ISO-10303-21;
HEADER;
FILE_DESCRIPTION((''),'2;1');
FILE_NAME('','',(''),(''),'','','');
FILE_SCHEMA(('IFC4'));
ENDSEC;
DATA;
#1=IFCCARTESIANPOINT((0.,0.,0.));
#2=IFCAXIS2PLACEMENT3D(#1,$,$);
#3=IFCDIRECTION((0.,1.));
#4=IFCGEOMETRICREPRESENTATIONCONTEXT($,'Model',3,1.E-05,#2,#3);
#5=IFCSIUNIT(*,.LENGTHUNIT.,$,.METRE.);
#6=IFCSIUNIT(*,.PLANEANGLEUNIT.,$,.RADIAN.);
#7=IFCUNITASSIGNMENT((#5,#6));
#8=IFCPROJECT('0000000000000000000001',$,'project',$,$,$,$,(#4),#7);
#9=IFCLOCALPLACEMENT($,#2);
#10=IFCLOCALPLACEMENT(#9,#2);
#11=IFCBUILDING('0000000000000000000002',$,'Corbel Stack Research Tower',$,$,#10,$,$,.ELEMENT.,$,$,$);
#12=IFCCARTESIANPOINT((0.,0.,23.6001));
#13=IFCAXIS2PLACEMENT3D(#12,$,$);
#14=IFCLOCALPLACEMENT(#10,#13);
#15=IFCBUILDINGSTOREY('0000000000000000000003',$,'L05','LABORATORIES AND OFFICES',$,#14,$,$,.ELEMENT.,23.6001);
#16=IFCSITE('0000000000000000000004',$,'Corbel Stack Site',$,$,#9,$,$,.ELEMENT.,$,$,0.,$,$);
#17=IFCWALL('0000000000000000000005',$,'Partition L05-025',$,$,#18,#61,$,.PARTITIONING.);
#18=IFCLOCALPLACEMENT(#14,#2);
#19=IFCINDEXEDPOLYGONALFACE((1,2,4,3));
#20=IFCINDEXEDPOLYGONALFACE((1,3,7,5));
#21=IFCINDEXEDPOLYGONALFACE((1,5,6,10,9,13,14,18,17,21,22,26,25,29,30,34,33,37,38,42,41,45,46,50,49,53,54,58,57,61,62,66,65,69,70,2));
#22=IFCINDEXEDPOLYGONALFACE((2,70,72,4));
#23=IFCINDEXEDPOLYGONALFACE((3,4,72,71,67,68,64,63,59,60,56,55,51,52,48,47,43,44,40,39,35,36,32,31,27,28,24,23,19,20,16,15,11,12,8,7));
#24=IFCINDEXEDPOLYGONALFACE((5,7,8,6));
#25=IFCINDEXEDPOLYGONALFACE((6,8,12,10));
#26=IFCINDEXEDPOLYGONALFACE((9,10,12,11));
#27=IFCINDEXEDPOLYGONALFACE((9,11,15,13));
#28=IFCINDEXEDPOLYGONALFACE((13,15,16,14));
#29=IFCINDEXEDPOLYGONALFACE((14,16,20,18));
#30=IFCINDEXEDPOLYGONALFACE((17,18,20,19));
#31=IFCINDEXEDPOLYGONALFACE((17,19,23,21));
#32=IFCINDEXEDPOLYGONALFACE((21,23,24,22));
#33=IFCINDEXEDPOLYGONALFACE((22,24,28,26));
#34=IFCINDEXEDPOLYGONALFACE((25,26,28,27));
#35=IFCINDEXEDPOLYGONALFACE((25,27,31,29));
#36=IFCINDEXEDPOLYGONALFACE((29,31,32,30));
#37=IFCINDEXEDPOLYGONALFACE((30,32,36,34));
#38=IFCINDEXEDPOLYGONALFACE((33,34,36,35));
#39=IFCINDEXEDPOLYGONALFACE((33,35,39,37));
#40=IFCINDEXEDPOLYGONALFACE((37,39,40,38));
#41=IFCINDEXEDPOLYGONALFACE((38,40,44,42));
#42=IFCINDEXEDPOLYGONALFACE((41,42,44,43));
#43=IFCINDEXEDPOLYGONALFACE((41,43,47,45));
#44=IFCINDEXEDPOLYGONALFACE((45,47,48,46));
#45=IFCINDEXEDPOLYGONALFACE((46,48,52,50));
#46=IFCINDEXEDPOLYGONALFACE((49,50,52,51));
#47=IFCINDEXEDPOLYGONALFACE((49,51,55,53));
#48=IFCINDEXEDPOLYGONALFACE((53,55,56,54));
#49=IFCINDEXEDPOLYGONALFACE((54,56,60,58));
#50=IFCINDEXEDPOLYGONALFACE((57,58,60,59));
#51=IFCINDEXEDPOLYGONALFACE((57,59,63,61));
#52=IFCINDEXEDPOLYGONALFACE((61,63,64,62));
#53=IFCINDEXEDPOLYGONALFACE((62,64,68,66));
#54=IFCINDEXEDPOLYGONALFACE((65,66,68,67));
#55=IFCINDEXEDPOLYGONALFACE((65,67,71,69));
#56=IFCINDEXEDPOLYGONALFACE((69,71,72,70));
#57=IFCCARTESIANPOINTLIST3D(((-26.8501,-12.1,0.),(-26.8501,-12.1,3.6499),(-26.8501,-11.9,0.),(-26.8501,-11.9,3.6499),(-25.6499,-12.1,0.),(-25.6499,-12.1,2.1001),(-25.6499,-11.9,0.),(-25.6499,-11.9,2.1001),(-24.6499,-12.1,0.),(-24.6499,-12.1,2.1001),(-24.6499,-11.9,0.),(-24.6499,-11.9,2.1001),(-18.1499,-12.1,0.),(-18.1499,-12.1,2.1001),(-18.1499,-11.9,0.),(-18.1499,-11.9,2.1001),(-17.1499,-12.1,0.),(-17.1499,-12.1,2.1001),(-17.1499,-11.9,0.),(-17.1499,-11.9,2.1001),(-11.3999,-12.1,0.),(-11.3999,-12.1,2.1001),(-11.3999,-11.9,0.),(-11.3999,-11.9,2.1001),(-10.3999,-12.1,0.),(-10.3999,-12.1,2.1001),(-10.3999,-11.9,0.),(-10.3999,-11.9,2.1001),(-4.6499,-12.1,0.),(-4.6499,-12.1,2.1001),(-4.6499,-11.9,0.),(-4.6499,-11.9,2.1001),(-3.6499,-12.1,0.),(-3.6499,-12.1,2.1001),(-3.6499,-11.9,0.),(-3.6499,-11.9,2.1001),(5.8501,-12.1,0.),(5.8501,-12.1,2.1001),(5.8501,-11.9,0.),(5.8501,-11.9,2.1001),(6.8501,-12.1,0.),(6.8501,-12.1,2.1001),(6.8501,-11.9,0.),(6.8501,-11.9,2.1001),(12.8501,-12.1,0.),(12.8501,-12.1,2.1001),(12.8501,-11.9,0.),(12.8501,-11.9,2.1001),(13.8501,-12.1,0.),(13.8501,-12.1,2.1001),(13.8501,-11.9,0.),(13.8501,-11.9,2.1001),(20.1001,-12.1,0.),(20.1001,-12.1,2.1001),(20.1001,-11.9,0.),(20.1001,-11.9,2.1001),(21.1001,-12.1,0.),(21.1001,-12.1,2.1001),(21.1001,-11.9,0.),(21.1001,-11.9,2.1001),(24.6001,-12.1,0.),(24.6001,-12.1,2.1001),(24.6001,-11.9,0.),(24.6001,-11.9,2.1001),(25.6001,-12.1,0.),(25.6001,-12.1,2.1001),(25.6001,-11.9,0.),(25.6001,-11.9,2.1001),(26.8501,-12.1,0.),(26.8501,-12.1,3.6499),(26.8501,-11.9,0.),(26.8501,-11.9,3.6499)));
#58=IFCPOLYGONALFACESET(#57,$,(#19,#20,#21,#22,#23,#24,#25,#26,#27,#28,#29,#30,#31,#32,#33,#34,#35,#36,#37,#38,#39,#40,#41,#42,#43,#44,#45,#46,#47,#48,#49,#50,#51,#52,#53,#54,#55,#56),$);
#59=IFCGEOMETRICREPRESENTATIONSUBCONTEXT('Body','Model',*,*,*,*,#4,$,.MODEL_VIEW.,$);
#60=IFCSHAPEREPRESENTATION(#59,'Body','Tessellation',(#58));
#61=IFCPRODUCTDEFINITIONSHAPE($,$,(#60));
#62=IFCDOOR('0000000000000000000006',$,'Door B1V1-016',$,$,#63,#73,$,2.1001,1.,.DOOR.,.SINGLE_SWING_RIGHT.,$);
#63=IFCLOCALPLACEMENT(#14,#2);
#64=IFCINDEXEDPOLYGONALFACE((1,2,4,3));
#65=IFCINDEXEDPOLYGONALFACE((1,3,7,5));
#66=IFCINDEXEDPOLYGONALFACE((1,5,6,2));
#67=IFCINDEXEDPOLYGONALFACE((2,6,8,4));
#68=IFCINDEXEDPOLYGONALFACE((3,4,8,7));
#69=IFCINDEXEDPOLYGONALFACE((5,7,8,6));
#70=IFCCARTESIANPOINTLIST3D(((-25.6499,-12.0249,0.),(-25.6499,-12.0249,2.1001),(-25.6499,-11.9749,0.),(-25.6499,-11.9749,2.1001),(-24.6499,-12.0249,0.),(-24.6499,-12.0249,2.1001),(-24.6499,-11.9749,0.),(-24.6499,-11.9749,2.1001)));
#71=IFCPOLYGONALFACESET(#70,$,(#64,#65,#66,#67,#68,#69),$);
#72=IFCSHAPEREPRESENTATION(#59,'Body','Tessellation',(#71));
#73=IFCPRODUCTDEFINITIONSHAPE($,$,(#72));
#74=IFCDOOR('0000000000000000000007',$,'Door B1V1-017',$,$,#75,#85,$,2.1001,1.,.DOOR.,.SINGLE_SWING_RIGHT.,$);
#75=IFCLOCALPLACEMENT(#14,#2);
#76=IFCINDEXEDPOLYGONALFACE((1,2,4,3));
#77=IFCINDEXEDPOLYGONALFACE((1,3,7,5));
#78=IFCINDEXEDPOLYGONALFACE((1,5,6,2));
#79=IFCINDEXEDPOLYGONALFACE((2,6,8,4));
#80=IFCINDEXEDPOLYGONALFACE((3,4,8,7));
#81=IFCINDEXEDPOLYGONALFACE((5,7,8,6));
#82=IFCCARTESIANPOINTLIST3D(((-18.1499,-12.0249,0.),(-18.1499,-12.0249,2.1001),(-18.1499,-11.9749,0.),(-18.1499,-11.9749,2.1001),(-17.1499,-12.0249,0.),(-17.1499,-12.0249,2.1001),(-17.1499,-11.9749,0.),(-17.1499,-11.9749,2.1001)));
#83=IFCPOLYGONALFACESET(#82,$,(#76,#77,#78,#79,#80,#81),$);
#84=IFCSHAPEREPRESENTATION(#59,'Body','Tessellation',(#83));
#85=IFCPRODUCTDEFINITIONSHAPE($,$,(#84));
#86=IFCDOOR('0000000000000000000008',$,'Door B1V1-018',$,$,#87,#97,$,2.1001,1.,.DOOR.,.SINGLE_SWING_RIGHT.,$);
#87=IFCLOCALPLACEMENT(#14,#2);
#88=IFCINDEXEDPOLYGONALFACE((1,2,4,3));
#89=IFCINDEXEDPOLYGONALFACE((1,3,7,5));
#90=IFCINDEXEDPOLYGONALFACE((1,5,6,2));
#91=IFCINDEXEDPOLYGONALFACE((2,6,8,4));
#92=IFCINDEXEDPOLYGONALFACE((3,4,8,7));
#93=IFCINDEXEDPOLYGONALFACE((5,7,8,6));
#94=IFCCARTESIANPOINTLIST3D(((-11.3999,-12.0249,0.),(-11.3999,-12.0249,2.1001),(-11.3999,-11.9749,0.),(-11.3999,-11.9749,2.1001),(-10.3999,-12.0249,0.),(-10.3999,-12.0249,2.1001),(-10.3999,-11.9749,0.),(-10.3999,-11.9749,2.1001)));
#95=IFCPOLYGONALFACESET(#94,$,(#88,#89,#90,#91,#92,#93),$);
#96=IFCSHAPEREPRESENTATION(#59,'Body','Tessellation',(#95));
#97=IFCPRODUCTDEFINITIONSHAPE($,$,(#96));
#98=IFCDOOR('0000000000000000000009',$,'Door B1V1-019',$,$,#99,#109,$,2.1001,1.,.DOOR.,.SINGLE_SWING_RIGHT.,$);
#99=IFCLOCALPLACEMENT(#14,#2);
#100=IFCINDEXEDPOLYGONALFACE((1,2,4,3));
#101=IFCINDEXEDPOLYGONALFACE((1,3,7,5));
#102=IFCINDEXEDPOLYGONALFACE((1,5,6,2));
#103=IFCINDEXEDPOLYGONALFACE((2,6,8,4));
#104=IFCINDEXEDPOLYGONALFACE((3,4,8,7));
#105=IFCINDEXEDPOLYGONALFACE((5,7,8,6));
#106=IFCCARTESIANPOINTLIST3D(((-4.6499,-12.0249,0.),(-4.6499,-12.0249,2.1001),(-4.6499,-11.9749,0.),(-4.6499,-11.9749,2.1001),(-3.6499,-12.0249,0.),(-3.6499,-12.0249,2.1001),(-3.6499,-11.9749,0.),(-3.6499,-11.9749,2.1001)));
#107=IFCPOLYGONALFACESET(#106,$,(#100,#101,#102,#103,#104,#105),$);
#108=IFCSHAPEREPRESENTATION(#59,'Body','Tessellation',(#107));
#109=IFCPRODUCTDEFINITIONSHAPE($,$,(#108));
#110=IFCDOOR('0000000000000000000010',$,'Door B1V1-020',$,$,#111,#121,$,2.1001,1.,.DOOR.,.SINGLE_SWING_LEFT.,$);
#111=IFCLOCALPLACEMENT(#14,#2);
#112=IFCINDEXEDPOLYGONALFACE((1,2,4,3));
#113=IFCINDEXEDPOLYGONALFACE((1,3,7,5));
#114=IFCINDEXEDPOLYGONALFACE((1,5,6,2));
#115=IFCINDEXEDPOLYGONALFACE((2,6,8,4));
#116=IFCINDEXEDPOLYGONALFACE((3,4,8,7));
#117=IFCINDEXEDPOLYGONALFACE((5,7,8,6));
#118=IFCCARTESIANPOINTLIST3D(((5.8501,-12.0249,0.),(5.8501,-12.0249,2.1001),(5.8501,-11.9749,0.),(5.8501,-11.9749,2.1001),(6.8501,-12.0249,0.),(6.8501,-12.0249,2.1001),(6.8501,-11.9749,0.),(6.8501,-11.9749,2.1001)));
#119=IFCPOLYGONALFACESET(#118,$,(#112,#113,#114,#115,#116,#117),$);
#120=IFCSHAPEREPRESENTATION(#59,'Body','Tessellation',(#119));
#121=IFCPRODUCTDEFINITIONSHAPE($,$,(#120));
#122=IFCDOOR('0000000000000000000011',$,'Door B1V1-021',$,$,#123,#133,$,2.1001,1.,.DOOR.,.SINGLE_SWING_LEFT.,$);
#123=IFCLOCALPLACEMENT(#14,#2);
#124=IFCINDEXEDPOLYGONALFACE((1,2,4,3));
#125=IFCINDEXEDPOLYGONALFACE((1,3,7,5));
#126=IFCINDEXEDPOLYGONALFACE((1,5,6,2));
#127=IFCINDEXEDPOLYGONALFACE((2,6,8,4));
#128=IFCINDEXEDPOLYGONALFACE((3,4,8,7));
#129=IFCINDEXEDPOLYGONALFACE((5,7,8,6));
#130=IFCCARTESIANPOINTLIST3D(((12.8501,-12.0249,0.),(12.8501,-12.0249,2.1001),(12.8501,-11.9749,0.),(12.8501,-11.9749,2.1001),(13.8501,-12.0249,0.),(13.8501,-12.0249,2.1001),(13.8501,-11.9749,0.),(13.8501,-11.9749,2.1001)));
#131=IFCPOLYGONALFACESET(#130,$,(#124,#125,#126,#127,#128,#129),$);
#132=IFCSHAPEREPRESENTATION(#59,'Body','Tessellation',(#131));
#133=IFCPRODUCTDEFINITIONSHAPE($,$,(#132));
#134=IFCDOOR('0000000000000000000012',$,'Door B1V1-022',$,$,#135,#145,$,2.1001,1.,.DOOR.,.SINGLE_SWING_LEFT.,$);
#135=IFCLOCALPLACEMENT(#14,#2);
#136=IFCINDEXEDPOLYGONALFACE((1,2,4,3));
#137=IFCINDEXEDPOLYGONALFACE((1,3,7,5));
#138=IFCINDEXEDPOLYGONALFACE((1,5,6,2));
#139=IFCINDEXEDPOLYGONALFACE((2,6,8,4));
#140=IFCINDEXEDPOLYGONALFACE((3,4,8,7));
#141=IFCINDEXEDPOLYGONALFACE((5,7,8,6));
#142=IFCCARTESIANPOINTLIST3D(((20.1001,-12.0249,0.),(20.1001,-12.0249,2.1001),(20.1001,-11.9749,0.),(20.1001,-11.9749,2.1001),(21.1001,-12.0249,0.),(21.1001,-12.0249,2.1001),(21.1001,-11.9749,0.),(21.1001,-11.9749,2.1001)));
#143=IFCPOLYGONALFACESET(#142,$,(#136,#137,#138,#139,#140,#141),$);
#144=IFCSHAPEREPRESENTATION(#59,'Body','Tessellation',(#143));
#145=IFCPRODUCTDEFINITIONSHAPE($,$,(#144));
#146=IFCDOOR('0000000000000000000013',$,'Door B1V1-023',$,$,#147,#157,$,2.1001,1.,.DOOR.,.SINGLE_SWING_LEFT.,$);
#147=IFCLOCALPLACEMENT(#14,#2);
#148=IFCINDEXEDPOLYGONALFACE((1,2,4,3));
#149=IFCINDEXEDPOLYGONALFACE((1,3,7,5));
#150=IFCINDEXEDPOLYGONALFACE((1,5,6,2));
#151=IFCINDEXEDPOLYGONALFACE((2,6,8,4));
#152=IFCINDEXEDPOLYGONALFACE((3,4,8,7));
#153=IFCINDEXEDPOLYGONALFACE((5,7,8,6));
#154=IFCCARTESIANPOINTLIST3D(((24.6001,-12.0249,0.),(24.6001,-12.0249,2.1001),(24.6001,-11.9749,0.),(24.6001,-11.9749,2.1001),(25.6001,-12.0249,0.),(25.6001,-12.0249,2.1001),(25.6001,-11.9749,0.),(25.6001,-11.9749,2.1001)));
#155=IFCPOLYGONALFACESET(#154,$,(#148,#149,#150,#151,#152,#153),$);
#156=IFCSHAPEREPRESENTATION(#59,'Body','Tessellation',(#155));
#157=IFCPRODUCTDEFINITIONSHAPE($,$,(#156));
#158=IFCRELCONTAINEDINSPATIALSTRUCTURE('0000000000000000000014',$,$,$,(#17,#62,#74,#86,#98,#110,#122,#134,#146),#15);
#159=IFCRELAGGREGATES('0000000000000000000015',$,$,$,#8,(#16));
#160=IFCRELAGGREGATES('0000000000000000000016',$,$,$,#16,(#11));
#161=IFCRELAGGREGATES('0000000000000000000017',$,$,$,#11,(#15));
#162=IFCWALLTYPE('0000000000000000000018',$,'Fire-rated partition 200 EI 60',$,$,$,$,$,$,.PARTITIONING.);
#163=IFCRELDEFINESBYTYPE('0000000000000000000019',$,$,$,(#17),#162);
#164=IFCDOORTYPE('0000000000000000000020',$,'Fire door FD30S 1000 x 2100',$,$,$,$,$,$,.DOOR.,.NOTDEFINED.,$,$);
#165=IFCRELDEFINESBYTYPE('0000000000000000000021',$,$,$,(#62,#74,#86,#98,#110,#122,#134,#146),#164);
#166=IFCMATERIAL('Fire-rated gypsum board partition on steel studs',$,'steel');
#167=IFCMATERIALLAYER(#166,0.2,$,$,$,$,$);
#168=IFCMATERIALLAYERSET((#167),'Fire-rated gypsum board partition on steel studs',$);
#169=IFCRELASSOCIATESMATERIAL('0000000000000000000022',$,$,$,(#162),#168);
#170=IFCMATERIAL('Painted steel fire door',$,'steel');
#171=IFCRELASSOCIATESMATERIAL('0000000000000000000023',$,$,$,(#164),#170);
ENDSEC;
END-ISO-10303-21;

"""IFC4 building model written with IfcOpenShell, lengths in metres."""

from ifc_helpers import new_model, si_unit, direction, frame, frame_2d, origin, place, context, subcontext, project, spatial, rectangle, extrude, material, layer, layer_set, type_object, element, fill, save


model = new_model("IFC4")

# Units and contexts
model_context = context("Model", 3, precision=1e-05, world=origin(), true_north=direction((0.0, 1.0)))
body_context = subcontext(model_context, "Body", "Model", "MODEL_VIEW")
ifc_project = project(units=[si_unit("LENGTHUNIT", "METRE"), si_unit("PLANEANGLEUNIT", "RADIAN")], contexts=[model_context])

# Site, building, storey
site_placement = place(None, origin())
site = spatial("IfcSite", under=ifc_project, at=site_placement, Name="Corbel Stack Site", CompositionType="ELEMENT", RefElevation=0.0)
building_placement = place(site_placement, origin())
building = spatial("IfcBuilding", under=site, at=building_placement, Name="Corbel Stack Research Tower", CompositionType="ELEMENT")
storey_placement = place(building_placement, frame((0.0, 0.0, 23.6001)))
storey = spatial("IfcBuildingStorey", under=building, at=storey_placement, Name="L05", Description="LABORATORIES AND OFFICES", CompositionType="ELEMENT", Elevation=23.6001)

# Wall, openings, doors
ifc_material_1 = material(Name="Fire-rated gypsum board partition on steel studs", Category="steel")
ifc_layer_1 = layer(ifc_material_1, 0.2)
ifc_layer_set_1 = layer_set([ifc_layer_1], Name="Fire-rated gypsum board partition on steel studs")
wall_type_1 = type_object("IfcWallType", Name="Fire-rated partition 200 EI 60", PredefinedType="PARTITIONING", material=ifc_layer_set_1)
wall_1_placement = place(storey_placement, frame((26.8501, -12.0, 0.0), z_axis=(0.0, 0.0, 1.0), x_axis=(-1.0, 0.0, 0.0)))
wall_1 = element("IfcWall", 1, at=wall_1_placement, inside=storey, type_object=wall_type_1, Name="Partition L05-025", PredefinedType="PARTITIONING", context=body_context, shape_type="SweptSolid", body=[
    extrude(rectangle(XDim=53.7002, YDim=0.2, at=frame_2d((26.8501, 0.0))), origin(), (0.0, 0.0, 1.0), 3.6499),
])
opening_1_placement = place(wall_1_placement, frame((51.5, 0.0, 0.0)))
opening_1 = element("IfcOpeningElement", 2, at=opening_1_placement, cuts=wall_1, PredefinedType="OPENING", context=body_context, shape_type="SweptSolid", body=[
    extrude(rectangle(XDim=1.0, YDim=2.1001, at=frame_2d((0.5, 1.05))), frame((0.0, 0.1099, 0.0), z_axis=(0.0, -1.0, 0.0), x_axis=(1.0, 0.0, 0.0)), (0.0, 0.0, 1.0), 0.22),
])
opening_2_placement = place(wall_1_placement, frame((44.0, 0.0, 0.0)))
opening_2 = element("IfcOpeningElement", 3, at=opening_2_placement, cuts=wall_1, PredefinedType="OPENING", context=body_context, shape_type="SweptSolid", body=[
    extrude(rectangle(XDim=1.0, YDim=2.1001, at=frame_2d((0.5, 1.05))), frame((0.0, 0.1099, 0.0), z_axis=(0.0, -1.0, 0.0), x_axis=(1.0, 0.0, 0.0)), (0.0, 0.0, 1.0), 0.22),
])
opening_3_placement = place(wall_1_placement, frame((37.25, 0.0, 0.0)))
opening_3 = element("IfcOpeningElement", 4, at=opening_3_placement, cuts=wall_1, PredefinedType="OPENING", context=body_context, shape_type="SweptSolid", body=[
    extrude(rectangle(XDim=1.0, YDim=2.1001, at=frame_2d((0.5, 1.05))), frame((0.0, 0.1099, 0.0), z_axis=(0.0, -1.0, 0.0), x_axis=(1.0, 0.0, 0.0)), (0.0, 0.0, 1.0), 0.22),
])
opening_4_placement = place(wall_1_placement, frame((30.5, 0.0, 0.0)))
opening_4 = element("IfcOpeningElement", 5, at=opening_4_placement, cuts=wall_1, PredefinedType="OPENING", context=body_context, shape_type="SweptSolid", body=[
    extrude(rectangle(XDim=1.0, YDim=2.1001, at=frame_2d((0.5, 1.05))), frame((0.0, 0.1099, 0.0), z_axis=(0.0, -1.0, 0.0), x_axis=(1.0, 0.0, 0.0)), (0.0, 0.0, 1.0), 0.22),
])
opening_5_placement = place(wall_1_placement, frame((20.0, 0.0, 0.0)))
opening_5 = element("IfcOpeningElement", 6, at=opening_5_placement, cuts=wall_1, PredefinedType="OPENING", context=body_context, shape_type="SweptSolid", body=[
    extrude(rectangle(XDim=1.0, YDim=2.1001, at=frame_2d((0.5, 1.05))), frame((0.0, 0.1099, 0.0), z_axis=(0.0, -1.0, 0.0), x_axis=(1.0, 0.0, 0.0)), (0.0, 0.0, 1.0), 0.22),
])
opening_6_placement = place(wall_1_placement, frame((13.0, 0.0, 0.0)))
opening_6 = element("IfcOpeningElement", 7, at=opening_6_placement, cuts=wall_1, PredefinedType="OPENING", context=body_context, shape_type="SweptSolid", body=[
    extrude(rectangle(XDim=1.0, YDim=2.1001, at=frame_2d((0.5, 1.05))), frame((0.0, 0.1099, 0.0), z_axis=(0.0, -1.0, 0.0), x_axis=(1.0, 0.0, 0.0)), (0.0, 0.0, 1.0), 0.22),
])
opening_7_placement = place(wall_1_placement, frame((5.75, 0.0, 0.0)))
opening_7 = element("IfcOpeningElement", 8, at=opening_7_placement, cuts=wall_1, PredefinedType="OPENING", context=body_context, shape_type="SweptSolid", body=[
    extrude(rectangle(XDim=1.0, YDim=2.1001, at=frame_2d((0.5, 1.05))), frame((0.0, 0.1099, 0.0), z_axis=(0.0, -1.0, 0.0), x_axis=(1.0, 0.0, 0.0)), (0.0, 0.0, 1.0), 0.22),
])
opening_8_placement = place(wall_1_placement, frame((1.25, 0.0, 0.0)))
opening_8 = element("IfcOpeningElement", 9, at=opening_8_placement, cuts=wall_1, PredefinedType="OPENING", context=body_context, shape_type="SweptSolid", body=[
    extrude(rectangle(XDim=1.0, YDim=2.1001, at=frame_2d((0.5, 1.05))), frame((0.0, 0.1099, 0.0), z_axis=(0.0, -1.0, 0.0), x_axis=(1.0, 0.0, 0.0)), (0.0, 0.0, 1.0), 0.22),
])
ifc_material_2 = material(Name="Painted steel fire door", Category="steel")
door_type_1 = type_object("IfcDoorType", Name="Fire door FD30S 1000 x 2100", OperationType="NOTDEFINED", PredefinedType="DOOR", material=ifc_material_2)
door_1_placement = place(opening_1_placement, origin())
door_1 = element("IfcDoor", 10, at=door_1_placement, inside=storey, type_object=door_type_1, Name="Door B1V1-016", OperationType="SINGLE_SWING_RIGHT", OverallHeight=2.1001, OverallWidth=1.0, PredefinedType="DOOR", context=body_context, shape_type="SweptSolid", body=[
    extrude(rectangle(XDim=1.0, YDim=2.1001, at=frame_2d((0.5, 1.05))), frame((0.0, 0.0249, 0.0), z_axis=(0.0, -1.0, 0.0), x_axis=(1.0, 0.0, 0.0)), (0.0, 0.0, 1.0), 0.05),
])
fill(opening_1, door_1)
door_2_placement = place(opening_2_placement, origin())
door_2 = element("IfcDoor", 11, at=door_2_placement, inside=storey, type_object=door_type_1, Name="Door B1V1-017", OperationType="SINGLE_SWING_RIGHT", OverallHeight=2.1001, OverallWidth=1.0, PredefinedType="DOOR", context=body_context, shape_type="SweptSolid", body=[
    extrude(rectangle(XDim=1.0, YDim=2.1001, at=frame_2d((0.5, 1.05))), frame((0.0, 0.0249, 0.0), z_axis=(0.0, -1.0, 0.0), x_axis=(1.0, 0.0, 0.0)), (0.0, 0.0, 1.0), 0.05),
])
fill(opening_2, door_2)
door_3_placement = place(opening_3_placement, origin())
door_3 = element("IfcDoor", 12, at=door_3_placement, inside=storey, type_object=door_type_1, Name="Door B1V1-018", OperationType="SINGLE_SWING_RIGHT", OverallHeight=2.1001, OverallWidth=1.0, PredefinedType="DOOR", context=body_context, shape_type="SweptSolid", body=[
    extrude(rectangle(XDim=1.0, YDim=2.1001, at=frame_2d((0.5, 1.05))), frame((0.0, 0.0249, 0.0), z_axis=(0.0, -1.0, 0.0), x_axis=(1.0, 0.0, 0.0)), (0.0, 0.0, 1.0), 0.05),
])
fill(opening_3, door_3)
door_4_placement = place(opening_4_placement, origin())
door_4 = element("IfcDoor", 13, at=door_4_placement, inside=storey, type_object=door_type_1, Name="Door B1V1-019", OperationType="SINGLE_SWING_RIGHT", OverallHeight=2.1001, OverallWidth=1.0, PredefinedType="DOOR", context=body_context, shape_type="SweptSolid", body=[
    extrude(rectangle(XDim=1.0, YDim=2.1001, at=frame_2d((0.5, 1.05))), frame((0.0, 0.0249, 0.0), z_axis=(0.0, -1.0, 0.0), x_axis=(1.0, 0.0, 0.0)), (0.0, 0.0, 1.0), 0.05),
])
fill(opening_4, door_4)
door_5_placement = place(opening_5_placement, origin())
door_5 = element("IfcDoor", 14, at=door_5_placement, inside=storey, type_object=door_type_1, Name="Door B1V1-020", OperationType="SINGLE_SWING_LEFT", OverallHeight=2.1001, OverallWidth=1.0, PredefinedType="DOOR", context=body_context, shape_type="SweptSolid", body=[
    extrude(rectangle(XDim=1.0, YDim=2.1001, at=frame_2d((0.5, 1.05))), frame((0.0, 0.0249, 0.0), z_axis=(0.0, -1.0, 0.0), x_axis=(1.0, 0.0, 0.0)), (0.0, 0.0, 1.0), 0.05),
])
fill(opening_5, door_5)
door_6_placement = place(opening_6_placement, origin())
door_6 = element("IfcDoor", 15, at=door_6_placement, inside=storey, type_object=door_type_1, Name="Door B1V1-021", OperationType="SINGLE_SWING_LEFT", OverallHeight=2.1001, OverallWidth=1.0, PredefinedType="DOOR", context=body_context, shape_type="SweptSolid", body=[
    extrude(rectangle(XDim=1.0, YDim=2.1001, at=frame_2d((0.5, 1.05))), frame((0.0, 0.0249, 0.0), z_axis=(0.0, -1.0, 0.0), x_axis=(1.0, 0.0, 0.0)), (0.0, 0.0, 1.0), 0.05),
])
fill(opening_6, door_6)
door_7_placement = place(opening_7_placement, origin())
door_7 = element("IfcDoor", 16, at=door_7_placement, inside=storey, type_object=door_type_1, Name="Door B1V1-022", OperationType="SINGLE_SWING_LEFT", OverallHeight=2.1001, OverallWidth=1.0, PredefinedType="DOOR", context=body_context, shape_type="SweptSolid", body=[
    extrude(rectangle(XDim=1.0, YDim=2.1001, at=frame_2d((0.5, 1.05))), frame((0.0, 0.0249, 0.0), z_axis=(0.0, -1.0, 0.0), x_axis=(1.0, 0.0, 0.0)), (0.0, 0.0, 1.0), 0.05),
])
fill(opening_7, door_7)
door_8_placement = place(opening_8_placement, origin())
door_8 = element("IfcDoor", 17, at=door_8_placement, inside=storey, type_object=door_type_1, Name="Door B1V1-023", OperationType="SINGLE_SWING_LEFT", OverallHeight=2.1001, OverallWidth=1.0, PredefinedType="DOOR", context=body_context, shape_type="SweptSolid", body=[
    extrude(rectangle(XDim=1.0, YDim=2.1001, at=frame_2d((0.5, 1.05))), frame((0.0, 0.0249, 0.0), z_axis=(0.0, -1.0, 0.0), x_axis=(1.0, 0.0, 0.0)), (0.0, 0.0, 1.0), 0.05),
])
fill(opening_8, door_8)

save(model, "model.ifc")
